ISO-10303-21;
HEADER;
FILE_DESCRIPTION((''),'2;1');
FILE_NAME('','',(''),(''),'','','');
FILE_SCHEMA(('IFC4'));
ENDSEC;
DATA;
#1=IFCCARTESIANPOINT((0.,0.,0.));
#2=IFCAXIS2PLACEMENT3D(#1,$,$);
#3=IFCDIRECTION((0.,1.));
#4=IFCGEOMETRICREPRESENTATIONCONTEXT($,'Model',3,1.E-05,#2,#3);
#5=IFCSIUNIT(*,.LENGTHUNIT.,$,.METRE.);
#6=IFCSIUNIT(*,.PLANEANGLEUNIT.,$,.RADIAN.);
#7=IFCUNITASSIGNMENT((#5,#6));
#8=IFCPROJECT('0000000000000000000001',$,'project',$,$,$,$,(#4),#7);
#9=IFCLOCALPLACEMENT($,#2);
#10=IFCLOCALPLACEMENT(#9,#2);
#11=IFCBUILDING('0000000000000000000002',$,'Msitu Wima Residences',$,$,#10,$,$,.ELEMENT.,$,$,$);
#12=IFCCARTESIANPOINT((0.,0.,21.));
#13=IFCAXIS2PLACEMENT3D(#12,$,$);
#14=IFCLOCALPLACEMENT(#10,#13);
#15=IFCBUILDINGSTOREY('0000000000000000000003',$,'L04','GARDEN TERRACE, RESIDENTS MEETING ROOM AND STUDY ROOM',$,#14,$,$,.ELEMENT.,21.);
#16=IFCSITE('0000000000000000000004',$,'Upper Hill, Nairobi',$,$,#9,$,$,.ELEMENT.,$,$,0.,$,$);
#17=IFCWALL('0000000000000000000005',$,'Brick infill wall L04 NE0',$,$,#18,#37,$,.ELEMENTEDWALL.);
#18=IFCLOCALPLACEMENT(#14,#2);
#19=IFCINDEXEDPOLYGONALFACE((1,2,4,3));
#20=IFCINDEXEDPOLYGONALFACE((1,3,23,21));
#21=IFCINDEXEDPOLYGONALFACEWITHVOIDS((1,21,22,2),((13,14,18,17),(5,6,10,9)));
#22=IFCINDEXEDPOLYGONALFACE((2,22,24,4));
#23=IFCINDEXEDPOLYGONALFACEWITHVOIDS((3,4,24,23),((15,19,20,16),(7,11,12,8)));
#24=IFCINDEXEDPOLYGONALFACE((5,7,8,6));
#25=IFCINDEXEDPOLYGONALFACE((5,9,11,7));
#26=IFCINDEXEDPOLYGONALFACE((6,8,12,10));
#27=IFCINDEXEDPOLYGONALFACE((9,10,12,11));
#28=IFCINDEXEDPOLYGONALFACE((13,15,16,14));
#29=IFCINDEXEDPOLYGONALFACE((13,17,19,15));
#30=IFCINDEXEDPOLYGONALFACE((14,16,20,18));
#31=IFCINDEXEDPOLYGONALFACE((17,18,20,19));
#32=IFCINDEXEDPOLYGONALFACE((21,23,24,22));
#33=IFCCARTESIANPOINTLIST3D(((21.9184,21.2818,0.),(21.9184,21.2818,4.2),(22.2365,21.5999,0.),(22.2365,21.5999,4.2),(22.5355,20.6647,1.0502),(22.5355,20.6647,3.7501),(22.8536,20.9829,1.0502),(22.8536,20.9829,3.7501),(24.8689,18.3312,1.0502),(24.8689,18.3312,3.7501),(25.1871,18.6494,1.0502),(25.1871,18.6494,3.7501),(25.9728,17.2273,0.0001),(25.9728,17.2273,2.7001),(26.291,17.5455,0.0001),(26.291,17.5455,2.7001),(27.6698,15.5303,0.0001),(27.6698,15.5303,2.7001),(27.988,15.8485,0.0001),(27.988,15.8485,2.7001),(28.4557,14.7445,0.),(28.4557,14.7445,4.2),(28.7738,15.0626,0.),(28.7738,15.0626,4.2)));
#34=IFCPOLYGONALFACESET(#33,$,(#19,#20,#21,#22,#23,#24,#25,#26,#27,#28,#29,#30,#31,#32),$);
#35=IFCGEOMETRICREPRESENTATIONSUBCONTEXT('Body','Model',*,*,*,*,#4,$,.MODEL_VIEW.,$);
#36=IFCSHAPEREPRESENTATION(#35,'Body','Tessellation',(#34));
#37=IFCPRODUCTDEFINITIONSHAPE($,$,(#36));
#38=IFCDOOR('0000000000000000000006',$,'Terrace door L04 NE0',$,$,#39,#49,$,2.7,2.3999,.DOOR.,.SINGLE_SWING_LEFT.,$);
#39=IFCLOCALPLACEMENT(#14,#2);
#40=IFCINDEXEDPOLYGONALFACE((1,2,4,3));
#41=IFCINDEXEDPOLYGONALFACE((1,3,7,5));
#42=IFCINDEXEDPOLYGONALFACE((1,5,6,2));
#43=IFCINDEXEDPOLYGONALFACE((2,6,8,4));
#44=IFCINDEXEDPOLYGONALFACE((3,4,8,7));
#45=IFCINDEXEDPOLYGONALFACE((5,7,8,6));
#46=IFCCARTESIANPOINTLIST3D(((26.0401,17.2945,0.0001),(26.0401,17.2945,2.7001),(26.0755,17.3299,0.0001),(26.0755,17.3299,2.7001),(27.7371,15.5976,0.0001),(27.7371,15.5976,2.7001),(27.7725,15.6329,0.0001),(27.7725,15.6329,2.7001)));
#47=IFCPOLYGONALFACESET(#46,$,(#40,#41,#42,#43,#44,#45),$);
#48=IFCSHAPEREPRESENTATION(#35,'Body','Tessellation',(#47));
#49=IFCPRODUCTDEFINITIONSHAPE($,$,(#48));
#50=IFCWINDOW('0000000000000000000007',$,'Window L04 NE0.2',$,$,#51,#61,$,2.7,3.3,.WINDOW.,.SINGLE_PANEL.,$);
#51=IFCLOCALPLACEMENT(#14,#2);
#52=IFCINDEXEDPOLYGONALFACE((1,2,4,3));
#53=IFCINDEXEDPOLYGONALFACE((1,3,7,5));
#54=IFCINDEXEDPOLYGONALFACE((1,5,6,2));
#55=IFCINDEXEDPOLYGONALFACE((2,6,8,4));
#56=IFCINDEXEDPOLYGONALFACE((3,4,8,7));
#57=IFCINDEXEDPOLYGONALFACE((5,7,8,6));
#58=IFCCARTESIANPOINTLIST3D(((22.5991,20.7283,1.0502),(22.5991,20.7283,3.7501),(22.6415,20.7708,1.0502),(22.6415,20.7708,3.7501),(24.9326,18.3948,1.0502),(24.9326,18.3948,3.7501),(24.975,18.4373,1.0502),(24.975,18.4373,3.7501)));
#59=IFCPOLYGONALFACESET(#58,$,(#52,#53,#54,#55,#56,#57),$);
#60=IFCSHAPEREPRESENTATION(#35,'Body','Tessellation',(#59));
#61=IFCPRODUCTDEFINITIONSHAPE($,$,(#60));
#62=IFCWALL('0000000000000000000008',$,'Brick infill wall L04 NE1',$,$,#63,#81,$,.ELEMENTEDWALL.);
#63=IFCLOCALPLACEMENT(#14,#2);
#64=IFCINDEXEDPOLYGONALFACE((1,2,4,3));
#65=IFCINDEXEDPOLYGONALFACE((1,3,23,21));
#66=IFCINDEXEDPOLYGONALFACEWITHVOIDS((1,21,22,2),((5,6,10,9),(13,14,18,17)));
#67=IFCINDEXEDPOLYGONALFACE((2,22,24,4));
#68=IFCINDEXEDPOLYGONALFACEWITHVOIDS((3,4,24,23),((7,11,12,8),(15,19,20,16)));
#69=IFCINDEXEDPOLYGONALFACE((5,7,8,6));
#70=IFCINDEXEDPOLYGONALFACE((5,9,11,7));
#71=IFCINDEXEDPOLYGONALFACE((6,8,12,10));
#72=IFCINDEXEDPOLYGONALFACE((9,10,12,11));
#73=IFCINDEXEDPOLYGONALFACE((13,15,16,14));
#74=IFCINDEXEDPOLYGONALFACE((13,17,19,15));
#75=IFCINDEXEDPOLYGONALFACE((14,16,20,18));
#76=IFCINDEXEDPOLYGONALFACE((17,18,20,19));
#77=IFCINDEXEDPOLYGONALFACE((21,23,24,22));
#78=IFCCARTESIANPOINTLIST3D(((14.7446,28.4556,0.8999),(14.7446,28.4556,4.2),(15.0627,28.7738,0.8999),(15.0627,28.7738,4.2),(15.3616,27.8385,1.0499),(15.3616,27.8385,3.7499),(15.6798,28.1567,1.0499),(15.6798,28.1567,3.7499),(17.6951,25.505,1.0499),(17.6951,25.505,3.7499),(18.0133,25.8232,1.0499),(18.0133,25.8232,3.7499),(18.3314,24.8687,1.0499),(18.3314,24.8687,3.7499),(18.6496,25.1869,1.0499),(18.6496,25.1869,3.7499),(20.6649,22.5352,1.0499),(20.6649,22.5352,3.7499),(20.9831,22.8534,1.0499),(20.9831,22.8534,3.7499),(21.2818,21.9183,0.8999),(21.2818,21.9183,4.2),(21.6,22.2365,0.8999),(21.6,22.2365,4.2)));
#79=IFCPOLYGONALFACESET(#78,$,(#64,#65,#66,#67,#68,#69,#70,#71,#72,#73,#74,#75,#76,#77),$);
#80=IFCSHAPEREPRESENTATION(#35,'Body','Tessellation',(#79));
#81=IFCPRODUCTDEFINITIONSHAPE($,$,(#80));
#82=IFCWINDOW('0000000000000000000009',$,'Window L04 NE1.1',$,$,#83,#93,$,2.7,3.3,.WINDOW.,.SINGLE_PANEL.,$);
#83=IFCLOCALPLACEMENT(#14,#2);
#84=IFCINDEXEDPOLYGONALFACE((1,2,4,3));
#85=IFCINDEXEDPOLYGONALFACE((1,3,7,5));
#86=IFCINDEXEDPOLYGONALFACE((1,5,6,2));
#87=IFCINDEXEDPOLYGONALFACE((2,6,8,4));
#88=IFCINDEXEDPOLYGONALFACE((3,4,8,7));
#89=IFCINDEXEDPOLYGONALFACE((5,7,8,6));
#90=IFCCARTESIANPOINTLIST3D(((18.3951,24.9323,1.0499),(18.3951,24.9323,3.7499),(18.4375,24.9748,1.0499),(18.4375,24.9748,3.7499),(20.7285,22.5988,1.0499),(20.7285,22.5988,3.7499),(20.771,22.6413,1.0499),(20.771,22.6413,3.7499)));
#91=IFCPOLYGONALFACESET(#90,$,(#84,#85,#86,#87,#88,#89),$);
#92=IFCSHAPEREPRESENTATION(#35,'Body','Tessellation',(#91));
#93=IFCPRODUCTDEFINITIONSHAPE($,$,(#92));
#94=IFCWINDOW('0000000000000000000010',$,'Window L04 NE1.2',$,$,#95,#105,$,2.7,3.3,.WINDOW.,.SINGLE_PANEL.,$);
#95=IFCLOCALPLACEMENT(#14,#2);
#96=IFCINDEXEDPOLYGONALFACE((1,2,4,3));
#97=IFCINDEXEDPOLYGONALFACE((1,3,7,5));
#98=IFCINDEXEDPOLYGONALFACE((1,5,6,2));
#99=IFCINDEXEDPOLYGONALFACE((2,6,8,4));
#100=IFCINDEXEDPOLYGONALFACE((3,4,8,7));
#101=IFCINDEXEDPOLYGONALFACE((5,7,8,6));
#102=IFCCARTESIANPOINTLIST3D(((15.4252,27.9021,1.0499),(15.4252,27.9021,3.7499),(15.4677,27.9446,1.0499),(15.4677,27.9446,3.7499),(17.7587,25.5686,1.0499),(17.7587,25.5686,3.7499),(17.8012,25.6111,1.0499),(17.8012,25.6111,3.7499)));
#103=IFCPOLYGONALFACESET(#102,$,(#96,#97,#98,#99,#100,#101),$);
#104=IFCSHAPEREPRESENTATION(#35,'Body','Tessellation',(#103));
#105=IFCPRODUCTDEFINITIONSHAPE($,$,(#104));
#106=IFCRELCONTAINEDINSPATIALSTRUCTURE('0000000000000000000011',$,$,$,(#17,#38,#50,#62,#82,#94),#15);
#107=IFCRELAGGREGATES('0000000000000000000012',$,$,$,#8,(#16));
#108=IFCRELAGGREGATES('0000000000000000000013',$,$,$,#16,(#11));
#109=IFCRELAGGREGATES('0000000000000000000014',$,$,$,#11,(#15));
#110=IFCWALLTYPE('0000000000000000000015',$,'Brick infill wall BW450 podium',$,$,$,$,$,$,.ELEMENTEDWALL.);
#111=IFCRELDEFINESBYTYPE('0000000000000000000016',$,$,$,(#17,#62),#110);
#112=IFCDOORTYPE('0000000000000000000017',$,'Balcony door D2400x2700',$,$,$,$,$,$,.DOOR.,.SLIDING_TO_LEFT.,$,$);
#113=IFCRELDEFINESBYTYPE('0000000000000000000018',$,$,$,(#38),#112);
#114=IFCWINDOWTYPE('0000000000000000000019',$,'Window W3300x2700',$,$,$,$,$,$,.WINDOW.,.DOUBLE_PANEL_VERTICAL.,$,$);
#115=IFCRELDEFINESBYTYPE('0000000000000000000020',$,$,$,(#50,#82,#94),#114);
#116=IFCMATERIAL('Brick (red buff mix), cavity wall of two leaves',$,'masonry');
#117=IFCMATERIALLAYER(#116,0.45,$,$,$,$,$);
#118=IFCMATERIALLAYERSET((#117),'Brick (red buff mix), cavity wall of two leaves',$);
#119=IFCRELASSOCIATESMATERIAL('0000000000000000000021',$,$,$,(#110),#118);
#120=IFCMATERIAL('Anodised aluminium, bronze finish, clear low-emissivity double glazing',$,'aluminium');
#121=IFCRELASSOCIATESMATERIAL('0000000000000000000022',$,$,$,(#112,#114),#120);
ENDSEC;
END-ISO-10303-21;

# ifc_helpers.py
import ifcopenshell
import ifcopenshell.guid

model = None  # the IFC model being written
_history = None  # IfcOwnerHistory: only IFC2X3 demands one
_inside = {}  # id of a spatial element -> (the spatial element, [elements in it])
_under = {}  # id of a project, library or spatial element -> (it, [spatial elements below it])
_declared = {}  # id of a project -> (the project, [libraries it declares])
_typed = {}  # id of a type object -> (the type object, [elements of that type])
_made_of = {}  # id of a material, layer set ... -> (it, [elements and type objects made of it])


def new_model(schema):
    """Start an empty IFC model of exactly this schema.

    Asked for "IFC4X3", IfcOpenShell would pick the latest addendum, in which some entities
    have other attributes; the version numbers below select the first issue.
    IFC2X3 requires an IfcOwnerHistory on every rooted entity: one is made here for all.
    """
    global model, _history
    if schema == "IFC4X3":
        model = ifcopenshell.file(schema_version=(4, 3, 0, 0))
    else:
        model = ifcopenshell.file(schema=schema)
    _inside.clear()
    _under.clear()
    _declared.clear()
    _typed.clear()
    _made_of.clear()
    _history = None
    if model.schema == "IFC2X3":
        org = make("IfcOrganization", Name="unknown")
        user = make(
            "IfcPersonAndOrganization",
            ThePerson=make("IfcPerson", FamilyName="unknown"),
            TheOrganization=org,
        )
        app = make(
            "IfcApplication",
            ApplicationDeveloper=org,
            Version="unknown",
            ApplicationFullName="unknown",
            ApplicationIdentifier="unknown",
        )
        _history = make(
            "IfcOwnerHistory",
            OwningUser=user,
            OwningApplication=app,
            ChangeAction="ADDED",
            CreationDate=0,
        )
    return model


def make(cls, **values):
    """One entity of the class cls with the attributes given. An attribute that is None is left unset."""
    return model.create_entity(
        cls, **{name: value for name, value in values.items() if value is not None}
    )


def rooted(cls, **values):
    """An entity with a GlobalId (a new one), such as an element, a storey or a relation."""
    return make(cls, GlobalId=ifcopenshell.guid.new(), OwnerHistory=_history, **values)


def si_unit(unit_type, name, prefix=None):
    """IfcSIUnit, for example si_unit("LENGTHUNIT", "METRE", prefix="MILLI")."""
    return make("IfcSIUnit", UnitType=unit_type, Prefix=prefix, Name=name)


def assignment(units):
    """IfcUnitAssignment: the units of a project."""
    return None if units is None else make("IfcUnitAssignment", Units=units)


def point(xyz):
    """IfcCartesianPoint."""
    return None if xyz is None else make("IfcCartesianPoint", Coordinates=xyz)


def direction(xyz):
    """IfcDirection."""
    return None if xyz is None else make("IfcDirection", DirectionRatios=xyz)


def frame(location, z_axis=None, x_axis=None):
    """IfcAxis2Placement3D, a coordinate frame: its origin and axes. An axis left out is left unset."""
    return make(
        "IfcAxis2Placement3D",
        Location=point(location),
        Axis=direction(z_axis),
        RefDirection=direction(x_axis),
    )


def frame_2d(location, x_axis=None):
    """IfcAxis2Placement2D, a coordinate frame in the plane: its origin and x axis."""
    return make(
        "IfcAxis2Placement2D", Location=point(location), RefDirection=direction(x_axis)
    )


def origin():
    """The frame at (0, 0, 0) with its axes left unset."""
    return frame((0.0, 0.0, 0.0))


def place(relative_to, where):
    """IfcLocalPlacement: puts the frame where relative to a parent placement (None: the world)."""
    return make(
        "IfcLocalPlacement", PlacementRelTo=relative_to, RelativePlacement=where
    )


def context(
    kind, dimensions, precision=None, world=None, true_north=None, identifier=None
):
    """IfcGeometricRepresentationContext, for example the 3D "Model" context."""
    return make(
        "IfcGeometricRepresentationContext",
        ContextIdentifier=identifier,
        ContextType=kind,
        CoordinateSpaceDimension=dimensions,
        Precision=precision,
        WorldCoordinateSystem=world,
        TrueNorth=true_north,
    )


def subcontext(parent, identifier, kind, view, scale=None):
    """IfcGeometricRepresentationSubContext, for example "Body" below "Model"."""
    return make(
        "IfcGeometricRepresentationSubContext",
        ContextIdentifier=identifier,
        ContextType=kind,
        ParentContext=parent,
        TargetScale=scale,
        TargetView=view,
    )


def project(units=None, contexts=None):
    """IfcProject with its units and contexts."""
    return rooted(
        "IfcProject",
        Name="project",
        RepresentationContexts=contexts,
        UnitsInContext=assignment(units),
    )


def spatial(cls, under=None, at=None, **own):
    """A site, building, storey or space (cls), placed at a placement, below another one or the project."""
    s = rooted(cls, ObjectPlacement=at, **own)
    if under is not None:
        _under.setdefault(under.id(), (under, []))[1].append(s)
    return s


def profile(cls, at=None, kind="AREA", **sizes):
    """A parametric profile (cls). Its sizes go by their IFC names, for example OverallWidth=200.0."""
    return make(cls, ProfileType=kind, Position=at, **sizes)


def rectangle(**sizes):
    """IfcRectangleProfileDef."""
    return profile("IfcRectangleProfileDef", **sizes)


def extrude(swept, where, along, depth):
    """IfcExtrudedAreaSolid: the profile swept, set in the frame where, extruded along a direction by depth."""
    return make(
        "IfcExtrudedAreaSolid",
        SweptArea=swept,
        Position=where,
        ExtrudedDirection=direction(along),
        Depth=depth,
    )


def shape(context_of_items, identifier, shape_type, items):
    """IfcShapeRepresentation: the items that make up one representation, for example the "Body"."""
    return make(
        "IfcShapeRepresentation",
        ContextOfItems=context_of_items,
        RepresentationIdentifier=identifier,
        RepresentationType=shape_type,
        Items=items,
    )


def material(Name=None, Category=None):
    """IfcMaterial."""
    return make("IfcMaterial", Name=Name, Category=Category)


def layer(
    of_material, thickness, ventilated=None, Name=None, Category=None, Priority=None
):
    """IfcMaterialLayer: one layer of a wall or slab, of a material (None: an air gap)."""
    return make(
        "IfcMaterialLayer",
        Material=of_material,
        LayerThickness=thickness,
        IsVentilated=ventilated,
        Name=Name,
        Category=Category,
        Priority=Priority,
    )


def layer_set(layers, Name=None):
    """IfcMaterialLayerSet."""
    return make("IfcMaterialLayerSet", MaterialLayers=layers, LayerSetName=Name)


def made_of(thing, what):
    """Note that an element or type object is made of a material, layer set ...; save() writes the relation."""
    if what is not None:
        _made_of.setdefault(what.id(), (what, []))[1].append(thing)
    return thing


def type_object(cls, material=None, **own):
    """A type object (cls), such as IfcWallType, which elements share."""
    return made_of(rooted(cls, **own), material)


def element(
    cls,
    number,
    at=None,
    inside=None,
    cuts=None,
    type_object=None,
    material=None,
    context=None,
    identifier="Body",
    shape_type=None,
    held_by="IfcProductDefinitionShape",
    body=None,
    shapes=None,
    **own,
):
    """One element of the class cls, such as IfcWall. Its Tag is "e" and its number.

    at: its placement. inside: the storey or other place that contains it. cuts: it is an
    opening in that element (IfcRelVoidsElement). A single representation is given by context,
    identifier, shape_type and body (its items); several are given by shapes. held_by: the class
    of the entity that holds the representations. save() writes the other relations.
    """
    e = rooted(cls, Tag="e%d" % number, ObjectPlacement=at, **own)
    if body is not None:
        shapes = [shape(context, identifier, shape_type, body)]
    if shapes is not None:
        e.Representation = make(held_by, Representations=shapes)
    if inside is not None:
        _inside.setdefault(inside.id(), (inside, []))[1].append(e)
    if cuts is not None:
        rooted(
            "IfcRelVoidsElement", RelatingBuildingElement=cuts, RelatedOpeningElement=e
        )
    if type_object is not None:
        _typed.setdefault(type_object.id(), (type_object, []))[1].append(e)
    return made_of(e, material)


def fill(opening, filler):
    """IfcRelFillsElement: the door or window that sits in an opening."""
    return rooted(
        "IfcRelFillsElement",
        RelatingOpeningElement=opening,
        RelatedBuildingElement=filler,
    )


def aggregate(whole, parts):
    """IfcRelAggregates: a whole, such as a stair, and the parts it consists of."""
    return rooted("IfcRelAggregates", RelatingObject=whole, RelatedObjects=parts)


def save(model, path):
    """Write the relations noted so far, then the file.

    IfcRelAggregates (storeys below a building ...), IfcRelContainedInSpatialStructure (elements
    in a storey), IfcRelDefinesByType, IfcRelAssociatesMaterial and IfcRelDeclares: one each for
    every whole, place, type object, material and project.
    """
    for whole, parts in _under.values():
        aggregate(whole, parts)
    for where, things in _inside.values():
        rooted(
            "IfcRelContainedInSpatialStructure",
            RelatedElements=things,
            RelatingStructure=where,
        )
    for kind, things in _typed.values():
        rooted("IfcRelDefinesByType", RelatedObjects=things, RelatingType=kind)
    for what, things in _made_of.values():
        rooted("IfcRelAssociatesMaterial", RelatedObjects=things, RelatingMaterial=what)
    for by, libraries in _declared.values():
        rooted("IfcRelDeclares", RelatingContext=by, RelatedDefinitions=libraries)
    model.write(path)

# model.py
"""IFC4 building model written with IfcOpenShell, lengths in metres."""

from ifc_helpers import new_model, si_unit, direction, frame, frame_2d, origin, place, context, subcontext, project, spatial, rectangle, extrude, material, layer, layer_set, type_object, element, fill, save


model = new_model("IFC4")

# Units and contexts
model_context = context("Model", 3, precision=1e-05, world=origin(), true_north=direction((0.0, 1.0)))
body_context = subcontext(model_context, "Body", "Model", "MODEL_VIEW")
ifc_project = project(units=[si_unit("LENGTHUNIT", "METRE"), si_unit("PLANEANGLEUNIT", "RADIAN")], contexts=[model_context])

# Site, building, storey
site_placement = place(None, origin())
site = spatial("IfcSite", under=ifc_project, at=site_placement, Name="Upper Hill, Nairobi", CompositionType="ELEMENT", RefElevation=0.0)
building_placement = place(site_placement, origin())
building = spatial("IfcBuilding", under=site, at=building_placement, Name="Msitu Wima Residences", CompositionType="ELEMENT")
storey_placement = place(building_placement, frame((0.0, 0.0, 21.0)))
storey = spatial("IfcBuildingStorey", under=building, at=storey_placement, Name="L04", Description="GARDEN TERRACE, RESIDENTS MEETING ROOM AND STUDY ROOM", CompositionType="ELEMENT", Elevation=21.0)

# Wall, openings, door, window
ifc_material_1 = material(Name="Brick (red buff mix), cavity wall of two leaves", Category="masonry")
ifc_layer_1 = layer(ifc_material_1, 0.45)
ifc_layer_set_1 = layer_set([ifc_layer_1], Name="Brick (red buff mix), cavity wall of two leaves")
wall_type_1 = type_object("IfcWallType", Name="Brick infill wall BW450 podium", PredefinedType="ELEMENTEDWALL", material=ifc_layer_set_1)
wall_1_placement = place(storey_placement, frame((28.6147, 14.9036, 0.0), z_axis=(0.0, 0.0, 1.0), x_axis=(-0.707107, 0.707107, 0.0)))
wall_1 = element("IfcWall", 1, at=wall_1_placement, inside=storey, type_object=wall_type_1, Name="Brick infill wall L04 NE0", PredefinedType="ELEMENTEDWALL", context=body_context, shape_type="SweptSolid", body=[
    extrude(rectangle(XDim=9.2451, YDim=0.45, at=frame_2d((4.6226, 0.0))), origin(), (0.0, 0.0, 1.0), 4.2),
])
opening_1_placement = place(wall_1_placement, frame((1.1113, 0.0, 0.0)))
opening_1 = element("IfcOpeningElement", 2, at=opening_1_placement, cuts=wall_1, PredefinedType="OPENING", context=body_context, shape_type="SweptSolid", body=[
    extrude(rectangle(XDim=2.3999, YDim=2.7, at=frame_2d((1.2, 1.3501))), frame((0.0, 0.2349, 0.0), z_axis=(0.0, -1.0, 0.0), x_axis=(1.0, 0.0, 0.0)), (0.0, 0.0, 1.0), 0.47),
])
opening_2_placement = place(wall_1_placement, frame((5.0725, 0.0, 1.05)))
opening_2 = element("IfcOpeningElement", 3, at=opening_2_placement, cuts=wall_1, PredefinedType="OPENING", context=body_context, shape_type="SweptSolid", body=[
    extrude(rectangle(XDim=3.3, YDim=2.7, at=frame_2d((1.6499, 1.3501))), frame((0.0, 0.2349, 0.0), z_axis=(0.0, -1.0, 0.0), x_axis=(1.0, 0.0, 0.0)), (0.0, 0.0, 1.0), 0.47),
])
ifc_material_2 = material(Name="Anodised aluminium, bronze finish, clear low-emissivity double glazing", Category="aluminium")
door_type = type_object("IfcDoorType", Name="Balcony door D2400x2700", OperationType="SLIDING_TO_LEFT", PredefinedType="DOOR", material=ifc_material_2)
door_placement = place(opening_1_placement, origin())
door = element("IfcDoor", 4, at=door_placement, inside=storey, type_object=door_type, Name="Terrace door L04 NE0", OperationType="SINGLE_SWING_LEFT", OverallHeight=2.7, OverallWidth=2.3999, PredefinedType="DOOR", context=body_context, shape_type="SweptSolid", body=[
    extrude(rectangle(XDim=2.3999, YDim=2.7, at=frame_2d((1.2, 1.3501))), frame((0.0, 0.1299, 0.0), z_axis=(0.0, -1.0, 0.0), x_axis=(1.0, 0.0, 0.0)), (0.0, 0.0, 1.0), 0.05),
])
fill(opening_1, door)
window_type_1 = type_object("IfcWindowType", Name="Window W3300x2700", PartitioningType="DOUBLE_PANEL_VERTICAL", PredefinedType="WINDOW", material=ifc_material_2)
window_1_placement = place(opening_2_placement, origin())
window_1 = element("IfcWindow", 5, at=window_1_placement, inside=storey, type_object=window_type_1, Name="Window L04 NE0.2", OverallHeight=2.7, OverallWidth=3.3, PartitioningType="SINGLE_PANEL", PredefinedType="WINDOW", context=body_context, shape_type="SweptSolid", body=[
    extrude(rectangle(XDim=3.3, YDim=2.7, at=frame_2d((1.6499, 1.3501))), frame((0.0, 0.135, 0.0), z_axis=(0.0, -1.0, 0.0), x_axis=(1.0, 0.0, 0.0)), (0.0, 0.0, 1.0), 0.0601),
])
fill(opening_2, window_1)

# Wall, openings, windows
wall_2_placement = place(storey_placement, frame((21.4409, 22.0774, 0.8999), z_axis=(0.0, 0.0, 1.0), x_axis=(-0.707107, 0.707107, 0.0)))
wall_2 = element("IfcWall", 6, at=wall_2_placement, inside=storey, type_object=wall_type_1, Name="Brick infill wall L04 NE1", PredefinedType="ELEMENTEDWALL", context=body_context, shape_type="SweptSolid", body=[
    extrude(rectangle(XDim=9.2451, YDim=0.45, at=frame_2d((4.6226, 0.0))), origin(), (0.0, 0.0, 1.0), 3.3),
])
opening_3_placement = place(wall_2_placement, frame((0.8726, 0.0, 0.1499)))
opening_3 = element("IfcOpeningElement", 7, at=opening_3_placement, cuts=wall_2, PredefinedType="OPENING", context=body_context, shape_type="SweptSolid", body=[
    extrude(rectangle(XDim=3.3, YDim=2.7, at=frame_2d((1.6499, 1.3501))), frame((0.0, 0.2349, 0.0), z_axis=(0.0, -1.0, 0.0), x_axis=(1.0, 0.0, 0.0)), (0.0, 0.0, 1.0), 0.47),
])
opening_4_placement = place(wall_2_placement, frame((5.0725, 0.0, 0.1499)))
opening_4 = element("IfcOpeningElement", 8, at=opening_4_placement, cuts=wall_2, PredefinedType="OPENING", context=body_context, shape_type="SweptSolid", body=[
    extrude(rectangle(XDim=3.3, YDim=2.7, at=frame_2d((1.6499, 1.3501))), frame((0.0, 0.2349, 0.0), z_axis=(0.0, -1.0, 0.0), x_axis=(1.0, 0.0, 0.0)), (0.0, 0.0, 1.0), 0.47),
])
window_2_placement = place(opening_3_placement, origin())
window_2 = element("IfcWindow", 9, at=window_2_placement, inside=storey, type_object=window_type_1, Name="Window L04 NE1.1", OverallHeight=2.7, OverallWidth=3.3, PartitioningType="SINGLE_PANEL", PredefinedType="WINDOW", context=body_context, shape_type="SweptSolid", body=[
    extrude(rectangle(XDim=3.3, YDim=2.7, at=frame_2d((1.6499, 1.3501))), frame((0.0, 0.135, 0.0), z_axis=(0.0, -1.0, 0.0), x_axis=(1.0, 0.0, 0.0)), (0.0, 0.0, 1.0), 0.0601),
])
fill(opening_3, window_2)
window_3_placement = place(opening_4_placement, origin())
window_3 = element("IfcWindow", 10, at=window_3_placement, inside=storey, type_object=window_type_1, Name="Window L04 NE1.2", OverallHeight=2.7, OverallWidth=3.3, PartitioningType="SINGLE_PANEL", PredefinedType="WINDOW", context=body_context, shape_type="SweptSolid", body=[
    extrude(rectangle(XDim=3.3, YDim=2.7, at=frame_2d((1.6499, 1.3501))), frame((0.0, 0.135, 0.0), z_axis=(0.0, -1.0, 0.0), x_axis=(1.0, 0.0, 0.0)), (0.0, 0.0, 1.0), 0.0601),
])
fill(opening_4, window_3)

save(model, "model.ifc")
